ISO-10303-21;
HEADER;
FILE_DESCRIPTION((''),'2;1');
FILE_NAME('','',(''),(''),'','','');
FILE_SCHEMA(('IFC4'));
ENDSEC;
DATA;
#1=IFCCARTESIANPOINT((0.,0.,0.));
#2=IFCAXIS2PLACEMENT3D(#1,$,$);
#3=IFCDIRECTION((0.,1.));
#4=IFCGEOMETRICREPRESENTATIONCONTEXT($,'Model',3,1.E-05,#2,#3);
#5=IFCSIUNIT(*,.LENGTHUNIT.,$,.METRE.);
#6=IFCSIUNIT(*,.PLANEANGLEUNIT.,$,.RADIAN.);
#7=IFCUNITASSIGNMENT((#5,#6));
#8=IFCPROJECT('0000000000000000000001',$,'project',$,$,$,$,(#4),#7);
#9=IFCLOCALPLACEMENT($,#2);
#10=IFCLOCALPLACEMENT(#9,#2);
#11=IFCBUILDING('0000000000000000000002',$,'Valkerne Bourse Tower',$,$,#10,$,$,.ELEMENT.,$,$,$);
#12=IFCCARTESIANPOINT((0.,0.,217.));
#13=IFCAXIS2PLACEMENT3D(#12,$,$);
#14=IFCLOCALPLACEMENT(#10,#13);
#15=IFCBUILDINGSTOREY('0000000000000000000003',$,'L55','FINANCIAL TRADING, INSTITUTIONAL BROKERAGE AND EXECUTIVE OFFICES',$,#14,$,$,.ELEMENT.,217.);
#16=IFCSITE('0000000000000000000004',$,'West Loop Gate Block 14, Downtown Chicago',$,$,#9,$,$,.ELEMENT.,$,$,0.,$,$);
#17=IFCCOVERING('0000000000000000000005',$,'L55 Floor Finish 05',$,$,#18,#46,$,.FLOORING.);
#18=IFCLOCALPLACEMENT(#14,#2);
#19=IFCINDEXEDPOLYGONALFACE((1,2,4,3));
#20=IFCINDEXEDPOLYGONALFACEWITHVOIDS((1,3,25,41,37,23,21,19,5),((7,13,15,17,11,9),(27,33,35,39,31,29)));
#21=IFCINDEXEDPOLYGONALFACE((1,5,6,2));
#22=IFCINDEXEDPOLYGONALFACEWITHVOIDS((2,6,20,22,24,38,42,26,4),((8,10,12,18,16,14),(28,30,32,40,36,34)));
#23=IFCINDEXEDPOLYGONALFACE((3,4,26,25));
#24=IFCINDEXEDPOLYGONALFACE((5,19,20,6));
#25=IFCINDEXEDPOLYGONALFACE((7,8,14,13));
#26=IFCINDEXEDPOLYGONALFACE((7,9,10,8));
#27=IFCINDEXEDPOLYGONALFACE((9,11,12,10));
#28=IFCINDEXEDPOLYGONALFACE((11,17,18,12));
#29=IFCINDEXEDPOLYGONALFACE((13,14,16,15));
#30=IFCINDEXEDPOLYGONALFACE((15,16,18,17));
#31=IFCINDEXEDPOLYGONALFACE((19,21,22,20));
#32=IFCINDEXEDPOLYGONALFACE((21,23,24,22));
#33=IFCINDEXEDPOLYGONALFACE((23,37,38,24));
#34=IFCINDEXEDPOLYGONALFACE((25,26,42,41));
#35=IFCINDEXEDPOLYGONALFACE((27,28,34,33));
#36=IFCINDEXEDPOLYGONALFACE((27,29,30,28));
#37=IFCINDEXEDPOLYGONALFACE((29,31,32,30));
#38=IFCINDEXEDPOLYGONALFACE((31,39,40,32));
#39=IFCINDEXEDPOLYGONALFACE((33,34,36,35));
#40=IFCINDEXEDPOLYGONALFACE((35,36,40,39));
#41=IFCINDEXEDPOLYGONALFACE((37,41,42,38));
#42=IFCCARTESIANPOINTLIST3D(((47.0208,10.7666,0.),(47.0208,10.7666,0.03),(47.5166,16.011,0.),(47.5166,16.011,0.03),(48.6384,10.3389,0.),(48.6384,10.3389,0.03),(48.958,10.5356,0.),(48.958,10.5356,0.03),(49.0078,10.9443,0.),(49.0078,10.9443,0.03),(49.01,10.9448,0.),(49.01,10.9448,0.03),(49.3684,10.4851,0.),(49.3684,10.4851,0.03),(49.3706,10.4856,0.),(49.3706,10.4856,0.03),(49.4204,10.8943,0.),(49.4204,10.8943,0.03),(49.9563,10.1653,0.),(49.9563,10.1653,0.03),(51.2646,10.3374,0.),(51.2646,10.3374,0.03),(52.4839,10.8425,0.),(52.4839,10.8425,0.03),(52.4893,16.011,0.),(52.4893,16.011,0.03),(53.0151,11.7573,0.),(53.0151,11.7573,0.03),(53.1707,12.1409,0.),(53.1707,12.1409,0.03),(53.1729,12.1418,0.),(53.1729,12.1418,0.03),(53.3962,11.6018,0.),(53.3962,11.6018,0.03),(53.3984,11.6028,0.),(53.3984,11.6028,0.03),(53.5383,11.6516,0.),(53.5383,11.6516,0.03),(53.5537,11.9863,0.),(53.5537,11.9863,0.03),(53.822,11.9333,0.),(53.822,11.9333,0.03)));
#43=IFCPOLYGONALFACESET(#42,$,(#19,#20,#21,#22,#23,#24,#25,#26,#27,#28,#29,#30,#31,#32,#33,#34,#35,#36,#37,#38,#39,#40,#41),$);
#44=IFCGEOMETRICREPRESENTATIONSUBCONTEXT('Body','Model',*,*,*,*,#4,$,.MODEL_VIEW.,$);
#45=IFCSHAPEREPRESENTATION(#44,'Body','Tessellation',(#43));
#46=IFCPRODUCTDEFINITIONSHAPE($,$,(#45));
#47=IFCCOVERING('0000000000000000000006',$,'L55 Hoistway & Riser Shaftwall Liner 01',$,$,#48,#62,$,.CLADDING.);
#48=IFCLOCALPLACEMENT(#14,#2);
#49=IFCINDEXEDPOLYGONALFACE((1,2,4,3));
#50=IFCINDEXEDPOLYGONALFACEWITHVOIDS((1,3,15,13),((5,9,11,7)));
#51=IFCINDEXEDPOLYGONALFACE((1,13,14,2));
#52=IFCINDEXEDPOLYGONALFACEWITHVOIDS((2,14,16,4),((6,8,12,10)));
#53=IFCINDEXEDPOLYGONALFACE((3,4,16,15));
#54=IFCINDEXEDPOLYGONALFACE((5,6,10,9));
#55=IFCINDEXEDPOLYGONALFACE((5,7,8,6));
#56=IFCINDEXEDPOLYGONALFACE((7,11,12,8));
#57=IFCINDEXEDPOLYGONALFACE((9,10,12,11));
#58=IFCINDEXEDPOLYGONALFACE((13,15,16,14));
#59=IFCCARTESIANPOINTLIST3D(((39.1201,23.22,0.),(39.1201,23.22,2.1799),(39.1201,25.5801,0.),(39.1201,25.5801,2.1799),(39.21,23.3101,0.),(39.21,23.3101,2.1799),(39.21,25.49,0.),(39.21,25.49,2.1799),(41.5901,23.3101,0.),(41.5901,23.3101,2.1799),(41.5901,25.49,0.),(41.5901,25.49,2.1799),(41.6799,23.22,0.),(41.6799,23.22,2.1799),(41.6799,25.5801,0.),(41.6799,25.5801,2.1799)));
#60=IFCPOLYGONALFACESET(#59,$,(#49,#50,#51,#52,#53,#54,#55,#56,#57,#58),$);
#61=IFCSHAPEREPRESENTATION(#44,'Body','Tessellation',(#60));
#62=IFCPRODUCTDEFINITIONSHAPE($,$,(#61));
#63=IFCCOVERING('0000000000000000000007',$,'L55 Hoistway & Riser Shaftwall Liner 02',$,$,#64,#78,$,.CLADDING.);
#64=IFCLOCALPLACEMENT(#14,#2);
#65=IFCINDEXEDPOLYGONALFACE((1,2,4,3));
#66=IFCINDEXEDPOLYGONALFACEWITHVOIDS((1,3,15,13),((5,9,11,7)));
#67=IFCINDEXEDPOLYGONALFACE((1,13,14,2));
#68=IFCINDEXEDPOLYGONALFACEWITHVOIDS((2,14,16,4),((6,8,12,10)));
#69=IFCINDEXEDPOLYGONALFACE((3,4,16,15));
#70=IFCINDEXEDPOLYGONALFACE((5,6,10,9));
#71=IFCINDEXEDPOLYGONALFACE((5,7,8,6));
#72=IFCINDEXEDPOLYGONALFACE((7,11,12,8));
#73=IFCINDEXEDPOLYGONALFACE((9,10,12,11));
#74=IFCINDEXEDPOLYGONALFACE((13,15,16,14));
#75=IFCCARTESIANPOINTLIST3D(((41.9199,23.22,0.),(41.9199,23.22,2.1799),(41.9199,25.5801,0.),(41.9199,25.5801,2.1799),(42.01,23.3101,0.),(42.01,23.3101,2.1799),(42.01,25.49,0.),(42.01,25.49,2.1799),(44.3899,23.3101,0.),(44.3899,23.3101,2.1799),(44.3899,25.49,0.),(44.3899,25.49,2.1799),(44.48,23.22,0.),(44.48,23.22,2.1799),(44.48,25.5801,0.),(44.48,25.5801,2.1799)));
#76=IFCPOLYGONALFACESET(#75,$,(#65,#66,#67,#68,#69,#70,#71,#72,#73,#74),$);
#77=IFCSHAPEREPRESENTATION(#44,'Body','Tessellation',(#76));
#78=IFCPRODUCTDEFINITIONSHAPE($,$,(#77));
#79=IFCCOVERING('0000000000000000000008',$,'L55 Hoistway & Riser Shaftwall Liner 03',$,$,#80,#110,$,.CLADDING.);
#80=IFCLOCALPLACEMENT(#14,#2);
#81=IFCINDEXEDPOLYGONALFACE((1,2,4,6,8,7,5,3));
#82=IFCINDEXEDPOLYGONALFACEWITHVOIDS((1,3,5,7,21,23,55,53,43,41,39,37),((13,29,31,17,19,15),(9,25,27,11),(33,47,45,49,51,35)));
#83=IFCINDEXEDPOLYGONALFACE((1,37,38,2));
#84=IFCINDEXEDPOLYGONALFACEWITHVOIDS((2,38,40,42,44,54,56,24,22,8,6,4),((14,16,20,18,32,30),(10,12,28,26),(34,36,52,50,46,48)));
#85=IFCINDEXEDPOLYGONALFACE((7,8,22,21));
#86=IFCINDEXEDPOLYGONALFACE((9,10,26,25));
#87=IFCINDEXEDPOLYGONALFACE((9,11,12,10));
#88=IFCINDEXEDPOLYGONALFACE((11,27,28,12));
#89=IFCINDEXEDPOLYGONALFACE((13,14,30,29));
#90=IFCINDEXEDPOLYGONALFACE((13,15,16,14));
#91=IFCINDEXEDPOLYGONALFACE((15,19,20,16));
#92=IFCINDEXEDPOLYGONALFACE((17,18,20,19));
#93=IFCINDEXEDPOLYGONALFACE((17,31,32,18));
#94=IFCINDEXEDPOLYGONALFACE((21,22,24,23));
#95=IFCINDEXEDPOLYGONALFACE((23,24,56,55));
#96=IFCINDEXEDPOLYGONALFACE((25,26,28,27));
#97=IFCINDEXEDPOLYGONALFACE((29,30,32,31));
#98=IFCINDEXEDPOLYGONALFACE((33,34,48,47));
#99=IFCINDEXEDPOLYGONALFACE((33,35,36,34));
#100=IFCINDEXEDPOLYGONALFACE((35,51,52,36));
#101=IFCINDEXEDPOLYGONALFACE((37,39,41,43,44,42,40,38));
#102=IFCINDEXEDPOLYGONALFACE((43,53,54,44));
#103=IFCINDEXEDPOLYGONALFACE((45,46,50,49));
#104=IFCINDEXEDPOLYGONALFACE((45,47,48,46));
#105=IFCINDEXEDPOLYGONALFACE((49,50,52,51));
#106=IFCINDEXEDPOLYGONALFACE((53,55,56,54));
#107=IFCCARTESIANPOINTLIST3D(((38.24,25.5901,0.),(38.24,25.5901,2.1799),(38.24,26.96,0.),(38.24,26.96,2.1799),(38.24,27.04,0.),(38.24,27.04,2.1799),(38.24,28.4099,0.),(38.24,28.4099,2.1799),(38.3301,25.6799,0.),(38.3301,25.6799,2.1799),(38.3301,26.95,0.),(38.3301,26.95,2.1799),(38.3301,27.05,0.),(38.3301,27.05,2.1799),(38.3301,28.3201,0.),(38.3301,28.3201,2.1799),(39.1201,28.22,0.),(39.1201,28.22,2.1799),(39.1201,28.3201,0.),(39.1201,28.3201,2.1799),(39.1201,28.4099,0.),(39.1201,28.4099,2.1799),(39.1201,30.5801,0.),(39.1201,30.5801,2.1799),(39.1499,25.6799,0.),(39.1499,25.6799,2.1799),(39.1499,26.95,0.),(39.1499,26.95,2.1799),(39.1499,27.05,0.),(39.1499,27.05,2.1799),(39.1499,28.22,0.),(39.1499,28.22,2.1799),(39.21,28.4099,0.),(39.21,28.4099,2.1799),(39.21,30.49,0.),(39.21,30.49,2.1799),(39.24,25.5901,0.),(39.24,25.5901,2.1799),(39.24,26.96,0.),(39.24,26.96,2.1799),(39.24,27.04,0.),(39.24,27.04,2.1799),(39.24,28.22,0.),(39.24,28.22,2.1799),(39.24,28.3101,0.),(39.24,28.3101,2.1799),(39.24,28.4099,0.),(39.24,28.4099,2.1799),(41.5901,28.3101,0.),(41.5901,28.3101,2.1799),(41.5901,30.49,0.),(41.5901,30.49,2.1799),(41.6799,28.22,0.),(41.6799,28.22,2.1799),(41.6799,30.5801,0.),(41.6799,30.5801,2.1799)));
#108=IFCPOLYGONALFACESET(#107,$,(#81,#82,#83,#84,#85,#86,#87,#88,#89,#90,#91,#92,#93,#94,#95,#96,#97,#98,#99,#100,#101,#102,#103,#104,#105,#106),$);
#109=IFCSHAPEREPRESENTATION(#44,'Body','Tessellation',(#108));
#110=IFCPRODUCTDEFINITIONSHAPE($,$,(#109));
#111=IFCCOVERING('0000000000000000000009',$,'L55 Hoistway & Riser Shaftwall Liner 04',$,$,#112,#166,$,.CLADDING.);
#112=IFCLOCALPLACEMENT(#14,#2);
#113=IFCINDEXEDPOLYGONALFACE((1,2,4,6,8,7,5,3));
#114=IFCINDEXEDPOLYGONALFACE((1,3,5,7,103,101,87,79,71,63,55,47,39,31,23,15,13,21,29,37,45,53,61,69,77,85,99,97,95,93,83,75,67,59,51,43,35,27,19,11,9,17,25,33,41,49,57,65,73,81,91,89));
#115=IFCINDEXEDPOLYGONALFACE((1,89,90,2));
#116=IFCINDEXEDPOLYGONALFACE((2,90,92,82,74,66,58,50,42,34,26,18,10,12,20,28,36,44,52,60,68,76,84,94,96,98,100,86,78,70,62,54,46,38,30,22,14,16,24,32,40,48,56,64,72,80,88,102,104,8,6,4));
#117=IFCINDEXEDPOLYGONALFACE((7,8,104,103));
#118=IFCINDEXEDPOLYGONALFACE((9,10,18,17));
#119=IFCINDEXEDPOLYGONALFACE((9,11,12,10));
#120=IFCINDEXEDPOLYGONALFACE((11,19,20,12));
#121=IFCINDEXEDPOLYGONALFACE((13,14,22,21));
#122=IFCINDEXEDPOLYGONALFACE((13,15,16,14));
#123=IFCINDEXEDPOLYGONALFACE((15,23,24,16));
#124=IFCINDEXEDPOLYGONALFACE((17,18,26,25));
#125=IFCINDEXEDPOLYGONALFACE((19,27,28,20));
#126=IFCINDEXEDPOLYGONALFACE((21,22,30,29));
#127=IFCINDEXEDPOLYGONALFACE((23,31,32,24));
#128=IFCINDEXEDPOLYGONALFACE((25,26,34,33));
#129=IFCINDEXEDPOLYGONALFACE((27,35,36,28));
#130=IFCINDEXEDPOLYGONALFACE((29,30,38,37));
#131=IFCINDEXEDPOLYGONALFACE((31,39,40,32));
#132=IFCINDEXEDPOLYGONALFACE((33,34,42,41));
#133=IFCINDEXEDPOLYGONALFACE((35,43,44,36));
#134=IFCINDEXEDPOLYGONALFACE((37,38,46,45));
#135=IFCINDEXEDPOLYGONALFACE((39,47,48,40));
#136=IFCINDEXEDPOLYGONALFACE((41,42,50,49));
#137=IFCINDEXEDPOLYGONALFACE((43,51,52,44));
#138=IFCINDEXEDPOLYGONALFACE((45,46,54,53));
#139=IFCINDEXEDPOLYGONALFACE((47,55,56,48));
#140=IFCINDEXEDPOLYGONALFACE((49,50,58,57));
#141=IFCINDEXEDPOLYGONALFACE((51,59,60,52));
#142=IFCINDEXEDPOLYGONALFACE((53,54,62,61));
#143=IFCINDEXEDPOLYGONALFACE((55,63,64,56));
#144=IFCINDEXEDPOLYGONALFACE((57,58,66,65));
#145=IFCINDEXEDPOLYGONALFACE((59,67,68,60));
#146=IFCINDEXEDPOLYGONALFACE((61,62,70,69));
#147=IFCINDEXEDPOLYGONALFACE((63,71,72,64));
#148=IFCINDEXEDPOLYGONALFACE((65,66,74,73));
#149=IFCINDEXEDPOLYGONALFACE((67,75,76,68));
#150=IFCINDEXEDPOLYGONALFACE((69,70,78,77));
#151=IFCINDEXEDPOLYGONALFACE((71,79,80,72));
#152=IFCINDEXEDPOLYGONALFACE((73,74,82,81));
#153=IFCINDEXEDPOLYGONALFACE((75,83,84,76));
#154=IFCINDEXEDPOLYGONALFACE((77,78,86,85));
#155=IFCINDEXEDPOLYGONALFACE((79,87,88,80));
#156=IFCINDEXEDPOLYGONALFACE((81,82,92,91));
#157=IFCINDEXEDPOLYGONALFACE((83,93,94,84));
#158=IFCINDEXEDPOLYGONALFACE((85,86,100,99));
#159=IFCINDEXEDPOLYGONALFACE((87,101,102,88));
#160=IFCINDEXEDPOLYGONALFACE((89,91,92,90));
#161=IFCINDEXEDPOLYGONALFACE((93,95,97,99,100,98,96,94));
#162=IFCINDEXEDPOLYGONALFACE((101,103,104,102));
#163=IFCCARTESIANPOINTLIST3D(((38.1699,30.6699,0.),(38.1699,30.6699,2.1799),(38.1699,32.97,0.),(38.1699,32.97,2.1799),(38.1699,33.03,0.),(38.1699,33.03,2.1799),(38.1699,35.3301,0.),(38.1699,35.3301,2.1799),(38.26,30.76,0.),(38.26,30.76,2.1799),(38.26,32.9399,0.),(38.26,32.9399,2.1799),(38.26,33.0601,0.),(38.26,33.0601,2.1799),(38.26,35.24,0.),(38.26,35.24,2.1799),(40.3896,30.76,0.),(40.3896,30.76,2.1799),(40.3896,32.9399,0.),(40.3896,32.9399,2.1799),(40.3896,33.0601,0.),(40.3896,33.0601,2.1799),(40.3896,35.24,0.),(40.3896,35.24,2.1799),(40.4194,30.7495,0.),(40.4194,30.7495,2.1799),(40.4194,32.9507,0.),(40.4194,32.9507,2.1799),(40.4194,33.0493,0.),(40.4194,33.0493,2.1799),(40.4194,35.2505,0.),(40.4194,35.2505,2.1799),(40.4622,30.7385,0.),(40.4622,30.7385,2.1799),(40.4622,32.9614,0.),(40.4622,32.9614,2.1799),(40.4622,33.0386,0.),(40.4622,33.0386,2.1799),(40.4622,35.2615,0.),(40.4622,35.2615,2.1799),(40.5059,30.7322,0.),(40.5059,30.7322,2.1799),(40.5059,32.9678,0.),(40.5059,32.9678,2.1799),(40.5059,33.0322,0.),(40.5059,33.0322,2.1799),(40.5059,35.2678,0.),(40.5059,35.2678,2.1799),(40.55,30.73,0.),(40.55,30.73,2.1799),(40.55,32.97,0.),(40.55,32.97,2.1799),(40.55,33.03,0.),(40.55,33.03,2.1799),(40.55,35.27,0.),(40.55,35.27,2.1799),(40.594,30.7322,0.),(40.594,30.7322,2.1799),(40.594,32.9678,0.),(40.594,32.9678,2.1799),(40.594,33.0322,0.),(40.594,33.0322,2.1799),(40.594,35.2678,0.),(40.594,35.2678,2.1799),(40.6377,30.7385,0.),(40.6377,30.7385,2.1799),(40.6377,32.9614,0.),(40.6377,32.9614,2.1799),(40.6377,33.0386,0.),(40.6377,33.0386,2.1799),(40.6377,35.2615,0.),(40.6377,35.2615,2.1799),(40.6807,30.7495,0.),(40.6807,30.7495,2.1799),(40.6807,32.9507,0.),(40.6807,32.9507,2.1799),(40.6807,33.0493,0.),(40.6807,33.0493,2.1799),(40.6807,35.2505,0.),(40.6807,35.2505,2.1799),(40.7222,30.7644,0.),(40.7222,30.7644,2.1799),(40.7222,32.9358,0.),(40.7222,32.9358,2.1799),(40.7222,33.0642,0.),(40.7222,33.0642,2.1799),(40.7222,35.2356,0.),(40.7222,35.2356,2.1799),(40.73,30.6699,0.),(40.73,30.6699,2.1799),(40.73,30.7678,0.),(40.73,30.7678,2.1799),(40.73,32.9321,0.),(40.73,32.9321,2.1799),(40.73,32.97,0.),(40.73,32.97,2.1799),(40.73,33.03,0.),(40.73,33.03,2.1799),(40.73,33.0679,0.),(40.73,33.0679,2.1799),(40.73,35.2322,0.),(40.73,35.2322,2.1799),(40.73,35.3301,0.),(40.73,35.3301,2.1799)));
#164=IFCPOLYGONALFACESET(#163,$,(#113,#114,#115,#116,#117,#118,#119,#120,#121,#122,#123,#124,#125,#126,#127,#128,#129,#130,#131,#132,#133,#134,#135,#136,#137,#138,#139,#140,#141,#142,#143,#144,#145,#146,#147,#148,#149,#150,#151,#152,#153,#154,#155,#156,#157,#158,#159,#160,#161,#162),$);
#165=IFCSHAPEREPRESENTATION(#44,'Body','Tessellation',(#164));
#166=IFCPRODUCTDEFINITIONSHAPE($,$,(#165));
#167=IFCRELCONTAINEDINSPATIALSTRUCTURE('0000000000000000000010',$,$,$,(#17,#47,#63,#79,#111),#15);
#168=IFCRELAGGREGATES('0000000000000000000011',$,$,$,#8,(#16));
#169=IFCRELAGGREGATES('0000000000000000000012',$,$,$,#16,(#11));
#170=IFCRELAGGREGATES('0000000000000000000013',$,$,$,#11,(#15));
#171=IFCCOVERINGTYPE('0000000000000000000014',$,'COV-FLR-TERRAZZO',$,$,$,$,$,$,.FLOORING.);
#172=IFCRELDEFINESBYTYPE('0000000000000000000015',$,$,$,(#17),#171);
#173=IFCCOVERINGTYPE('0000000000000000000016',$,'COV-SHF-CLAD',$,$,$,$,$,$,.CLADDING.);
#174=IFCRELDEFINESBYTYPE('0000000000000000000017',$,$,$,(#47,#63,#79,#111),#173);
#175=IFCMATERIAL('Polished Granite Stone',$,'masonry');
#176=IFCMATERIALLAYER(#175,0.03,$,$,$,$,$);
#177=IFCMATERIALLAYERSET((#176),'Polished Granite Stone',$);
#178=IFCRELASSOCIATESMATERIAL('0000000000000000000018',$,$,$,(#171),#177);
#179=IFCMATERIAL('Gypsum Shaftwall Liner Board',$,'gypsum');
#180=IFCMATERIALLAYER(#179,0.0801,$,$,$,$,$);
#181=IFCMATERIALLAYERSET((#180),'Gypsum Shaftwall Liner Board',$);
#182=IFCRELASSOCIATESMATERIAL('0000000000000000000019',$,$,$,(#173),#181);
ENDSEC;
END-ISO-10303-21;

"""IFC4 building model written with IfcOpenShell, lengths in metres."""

from ifc_helpers import new_model, si_unit, direction, frame, origin, place, context, subcontext, project, spatial, polyline, outline, extrude, material, layer, layer_set, type_object, element, save


model = new_model("IFC4")

# Units and contexts
model_context = context("Model", 3, precision=1e-05, world=origin(), true_north=direction((0.0, 1.0)))
body_context = subcontext(model_context, "Body", "Model", "MODEL_VIEW")
ifc_project = project(units=[si_unit("LENGTHUNIT", "METRE"), si_unit("PLANEANGLEUNIT", "RADIAN")], contexts=[model_context])

# Site, building, storey
site_placement = place(None, origin())
site = spatial("IfcSite", under=ifc_project, at=site_placement, Name="West Loop Gate Block 14, Downtown Chicago", CompositionType="ELEMENT", RefElevation=0.0)
building_placement = place(site_placement, origin())
building = spatial("IfcBuilding", under=site, at=building_placement, Name="Valkerne Bourse Tower", CompositionType="ELEMENT")
storey_placement = place(building_placement, frame((0.0, 0.0, 217.0)))
storey = spatial("IfcBuildingStorey", under=building, at=storey_placement, Name="L55", Description="FINANCIAL TRADING, INSTITUTIONAL BROKERAGE AND EXECUTIVE OFFICES", CompositionType="ELEMENT", Elevation=217.0)

# Coverings
ifc_material_1 = material(Name="Polished Granite Stone", Category="masonry")
ifc_layer_1 = layer(ifc_material_1, 0.03)
ifc_layer_set_1 = layer_set([ifc_layer_1], Name="Polished Granite Stone")
covering_type_1 = type_object("IfcCoveringType", Name="COV-FLR-TERRAZZO", PredefinedType="FLOORING", material=ifc_layer_set_1)
covering_1_placement = place(storey_placement, origin())
element("IfcCovering", 1, at=covering_1_placement, inside=storey, type_object=covering_type_1, Name="L55 Floor Finish 05", PredefinedType="FLOORING", context=body_context, shape_type="SweptSolid", body=[
    extrude(outline(polyline([(51.2646, 10.3374), (49.9563, 10.1653), (48.6384, 10.3389), (47.0208, 10.7666), (47.5166, 16.011), (52.4893, 16.011), (53.822, 11.9333), (53.5383, 11.6516), (52.4839, 10.8425), (51.2646, 10.3374)]), holes=[polyline([(49.4204, 10.8943), (49.01, 10.9448), (49.0078, 10.9443), (48.958, 10.5356), (49.3684, 10.4851), (49.3706, 10.4856), (49.4204, 10.8943)]), polyline([(53.5537, 11.9863), (53.1729, 12.1418), (53.1707, 12.1409), (53.0151, 11.7573), (53.3962, 11.6018), (53.3984, 11.6028), (53.5537, 11.9863)])]), origin(), (0.0, 0.0, 1.0), 0.03),
])
ifc_material_2 = material(Name="Gypsum Shaftwall Liner Board", Category="gypsum")
ifc_layer_2 = layer(ifc_material_2, 0.0801)
ifc_layer_set_2 = layer_set([ifc_layer_2], Name="Gypsum Shaftwall Liner Board")
covering_type_2 = type_object("IfcCoveringType", Name="COV-SHF-CLAD", PredefinedType="CLADDING", material=ifc_layer_set_2)
covering_2_placement = place(storey_placement, origin())
element("IfcCovering", 2, at=covering_2_placement, inside=storey, type_object=covering_type_2, Name="L55 Hoistway & Riser Shaftwall Liner 01", PredefinedType="CLADDING", context=body_context, shape_type="SweptSolid", body=[
    extrude(outline(polyline([(41.6799, 25.5801), (41.6799, 23.22), (39.1201, 23.22), (39.1201, 25.5801), (41.6799, 25.5801)]), holes=[polyline([(41.5901, 25.49), (39.21, 25.49), (39.21, 23.3101), (41.5901, 23.3101), (41.5901, 25.49)])]), origin(), (0.0, 0.0, 1.0), 2.1799),
])
covering_3_placement = place(storey_placement, origin())
element("IfcCovering", 3, at=covering_3_placement, inside=storey, type_object=covering_type_2, Name="L55 Hoistway & Riser Shaftwall Liner 02", PredefinedType="CLADDING", context=body_context, shape_type="SweptSolid", body=[
    extrude(outline(polyline([(44.48, 23.22), (41.9199, 23.22), (41.9199, 25.5801), (44.48, 25.5801), (44.48, 23.22)]), holes=[polyline([(42.01, 25.49), (42.01, 23.3101), (44.3899, 23.3101), (44.3899, 25.49), (42.01, 25.49)])]), origin(), (0.0, 0.0, 1.0), 2.1799),
])
covering_4_placement = place(storey_placement, origin())
element("IfcCovering", 4, at=covering_4_placement, inside=storey, type_object=covering_type_2, Name="L55 Hoistway & Riser Shaftwall Liner 03", PredefinedType="CLADDING", context=body_context, shape_type="SweptSolid", body=[
    extrude(outline(polyline([(38.24, 28.4099), (39.1201, 28.4099), (39.1201, 30.5801), (41.6799, 30.5801), (41.6799, 28.22), (39.24, 28.22), (39.24, 27.04), (39.24, 26.96), (39.24, 25.5901), (38.24, 25.5901), (38.24, 26.96), (38.24, 27.04), (38.24, 28.4099)]), holes=[polyline([(38.3301, 26.95), (38.3301, 25.6799), (39.1499, 25.6799), (39.1499, 26.95), (38.3301, 26.95)]), polyline([(39.21, 30.49), (39.21, 28.4099), (39.24, 28.4099), (39.24, 28.3101), (41.5901, 28.3101), (41.5901, 30.49), (39.21, 30.49)]), polyline([(38.3301, 27.05), (39.1499, 27.05), (39.1499, 28.22), (39.1201, 28.22), (39.1201, 28.3201), (38.3301, 28.3201), (38.3301, 27.05)])]), origin(), (0.0, 0.0, 1.0), 2.1799),
])
covering_5_placement = place(storey_placement, origin())
element("IfcCovering", 5, at=covering_5_placement, inside=storey, type_object=covering_type_2, Name="L55 Hoistway & Riser Shaftwall Liner 04", PredefinedType="CLADDING", context=body_context, shape_type="SweptSolid", body=[
    extrude(outline(polyline([(38.1699, 35.3301), (40.73, 35.3301), (40.73, 35.2322), (40.7222, 35.2356), (40.6807, 35.2505), (40.6377, 35.2615), (40.594, 35.2678), (40.55, 35.27), (40.5059, 35.2678), (40.4622, 35.2615), (40.4194, 35.2505), (40.3896, 35.24), (38.26, 35.24), (38.26, 33.0601), (40.3896, 33.0601), (40.4194, 33.0493), (40.4622, 33.0386), (40.5059, 33.0322), (40.55, 33.03), (40.594, 33.0322), (40.6377, 33.0386), (40.6807, 33.0493), (40.7222, 33.0642), (40.73, 33.0679), (40.73, 33.03), (40.73, 32.97), (40.73, 32.9321), (40.7222, 32.9358), (40.6807, 32.9507), (40.6377, 32.9614), (40.594, 32.9678), (40.55, 32.97), (40.5059, 32.9678), (40.4622, 32.9614), (40.4194, 32.9507), (40.3896, 32.9399), (38.26, 32.9399), (38.26, 30.76), (40.3896, 30.76), (40.4194, 30.7495), (40.4622, 30.7385), (40.5059, 30.7322), (40.55, 30.73), (40.594, 30.7322), (40.6377, 30.7385), (40.6807, 30.7495), (40.7222, 30.7644), (40.73, 30.7678), (40.73, 30.6699), (38.1699, 30.6699), (38.1699, 32.97), (38.1699, 33.03), (38.1699, 35.3301)])), origin(), (0.0, 0.0, 1.0), 2.1799),
])

save(model, "model.ifc")
